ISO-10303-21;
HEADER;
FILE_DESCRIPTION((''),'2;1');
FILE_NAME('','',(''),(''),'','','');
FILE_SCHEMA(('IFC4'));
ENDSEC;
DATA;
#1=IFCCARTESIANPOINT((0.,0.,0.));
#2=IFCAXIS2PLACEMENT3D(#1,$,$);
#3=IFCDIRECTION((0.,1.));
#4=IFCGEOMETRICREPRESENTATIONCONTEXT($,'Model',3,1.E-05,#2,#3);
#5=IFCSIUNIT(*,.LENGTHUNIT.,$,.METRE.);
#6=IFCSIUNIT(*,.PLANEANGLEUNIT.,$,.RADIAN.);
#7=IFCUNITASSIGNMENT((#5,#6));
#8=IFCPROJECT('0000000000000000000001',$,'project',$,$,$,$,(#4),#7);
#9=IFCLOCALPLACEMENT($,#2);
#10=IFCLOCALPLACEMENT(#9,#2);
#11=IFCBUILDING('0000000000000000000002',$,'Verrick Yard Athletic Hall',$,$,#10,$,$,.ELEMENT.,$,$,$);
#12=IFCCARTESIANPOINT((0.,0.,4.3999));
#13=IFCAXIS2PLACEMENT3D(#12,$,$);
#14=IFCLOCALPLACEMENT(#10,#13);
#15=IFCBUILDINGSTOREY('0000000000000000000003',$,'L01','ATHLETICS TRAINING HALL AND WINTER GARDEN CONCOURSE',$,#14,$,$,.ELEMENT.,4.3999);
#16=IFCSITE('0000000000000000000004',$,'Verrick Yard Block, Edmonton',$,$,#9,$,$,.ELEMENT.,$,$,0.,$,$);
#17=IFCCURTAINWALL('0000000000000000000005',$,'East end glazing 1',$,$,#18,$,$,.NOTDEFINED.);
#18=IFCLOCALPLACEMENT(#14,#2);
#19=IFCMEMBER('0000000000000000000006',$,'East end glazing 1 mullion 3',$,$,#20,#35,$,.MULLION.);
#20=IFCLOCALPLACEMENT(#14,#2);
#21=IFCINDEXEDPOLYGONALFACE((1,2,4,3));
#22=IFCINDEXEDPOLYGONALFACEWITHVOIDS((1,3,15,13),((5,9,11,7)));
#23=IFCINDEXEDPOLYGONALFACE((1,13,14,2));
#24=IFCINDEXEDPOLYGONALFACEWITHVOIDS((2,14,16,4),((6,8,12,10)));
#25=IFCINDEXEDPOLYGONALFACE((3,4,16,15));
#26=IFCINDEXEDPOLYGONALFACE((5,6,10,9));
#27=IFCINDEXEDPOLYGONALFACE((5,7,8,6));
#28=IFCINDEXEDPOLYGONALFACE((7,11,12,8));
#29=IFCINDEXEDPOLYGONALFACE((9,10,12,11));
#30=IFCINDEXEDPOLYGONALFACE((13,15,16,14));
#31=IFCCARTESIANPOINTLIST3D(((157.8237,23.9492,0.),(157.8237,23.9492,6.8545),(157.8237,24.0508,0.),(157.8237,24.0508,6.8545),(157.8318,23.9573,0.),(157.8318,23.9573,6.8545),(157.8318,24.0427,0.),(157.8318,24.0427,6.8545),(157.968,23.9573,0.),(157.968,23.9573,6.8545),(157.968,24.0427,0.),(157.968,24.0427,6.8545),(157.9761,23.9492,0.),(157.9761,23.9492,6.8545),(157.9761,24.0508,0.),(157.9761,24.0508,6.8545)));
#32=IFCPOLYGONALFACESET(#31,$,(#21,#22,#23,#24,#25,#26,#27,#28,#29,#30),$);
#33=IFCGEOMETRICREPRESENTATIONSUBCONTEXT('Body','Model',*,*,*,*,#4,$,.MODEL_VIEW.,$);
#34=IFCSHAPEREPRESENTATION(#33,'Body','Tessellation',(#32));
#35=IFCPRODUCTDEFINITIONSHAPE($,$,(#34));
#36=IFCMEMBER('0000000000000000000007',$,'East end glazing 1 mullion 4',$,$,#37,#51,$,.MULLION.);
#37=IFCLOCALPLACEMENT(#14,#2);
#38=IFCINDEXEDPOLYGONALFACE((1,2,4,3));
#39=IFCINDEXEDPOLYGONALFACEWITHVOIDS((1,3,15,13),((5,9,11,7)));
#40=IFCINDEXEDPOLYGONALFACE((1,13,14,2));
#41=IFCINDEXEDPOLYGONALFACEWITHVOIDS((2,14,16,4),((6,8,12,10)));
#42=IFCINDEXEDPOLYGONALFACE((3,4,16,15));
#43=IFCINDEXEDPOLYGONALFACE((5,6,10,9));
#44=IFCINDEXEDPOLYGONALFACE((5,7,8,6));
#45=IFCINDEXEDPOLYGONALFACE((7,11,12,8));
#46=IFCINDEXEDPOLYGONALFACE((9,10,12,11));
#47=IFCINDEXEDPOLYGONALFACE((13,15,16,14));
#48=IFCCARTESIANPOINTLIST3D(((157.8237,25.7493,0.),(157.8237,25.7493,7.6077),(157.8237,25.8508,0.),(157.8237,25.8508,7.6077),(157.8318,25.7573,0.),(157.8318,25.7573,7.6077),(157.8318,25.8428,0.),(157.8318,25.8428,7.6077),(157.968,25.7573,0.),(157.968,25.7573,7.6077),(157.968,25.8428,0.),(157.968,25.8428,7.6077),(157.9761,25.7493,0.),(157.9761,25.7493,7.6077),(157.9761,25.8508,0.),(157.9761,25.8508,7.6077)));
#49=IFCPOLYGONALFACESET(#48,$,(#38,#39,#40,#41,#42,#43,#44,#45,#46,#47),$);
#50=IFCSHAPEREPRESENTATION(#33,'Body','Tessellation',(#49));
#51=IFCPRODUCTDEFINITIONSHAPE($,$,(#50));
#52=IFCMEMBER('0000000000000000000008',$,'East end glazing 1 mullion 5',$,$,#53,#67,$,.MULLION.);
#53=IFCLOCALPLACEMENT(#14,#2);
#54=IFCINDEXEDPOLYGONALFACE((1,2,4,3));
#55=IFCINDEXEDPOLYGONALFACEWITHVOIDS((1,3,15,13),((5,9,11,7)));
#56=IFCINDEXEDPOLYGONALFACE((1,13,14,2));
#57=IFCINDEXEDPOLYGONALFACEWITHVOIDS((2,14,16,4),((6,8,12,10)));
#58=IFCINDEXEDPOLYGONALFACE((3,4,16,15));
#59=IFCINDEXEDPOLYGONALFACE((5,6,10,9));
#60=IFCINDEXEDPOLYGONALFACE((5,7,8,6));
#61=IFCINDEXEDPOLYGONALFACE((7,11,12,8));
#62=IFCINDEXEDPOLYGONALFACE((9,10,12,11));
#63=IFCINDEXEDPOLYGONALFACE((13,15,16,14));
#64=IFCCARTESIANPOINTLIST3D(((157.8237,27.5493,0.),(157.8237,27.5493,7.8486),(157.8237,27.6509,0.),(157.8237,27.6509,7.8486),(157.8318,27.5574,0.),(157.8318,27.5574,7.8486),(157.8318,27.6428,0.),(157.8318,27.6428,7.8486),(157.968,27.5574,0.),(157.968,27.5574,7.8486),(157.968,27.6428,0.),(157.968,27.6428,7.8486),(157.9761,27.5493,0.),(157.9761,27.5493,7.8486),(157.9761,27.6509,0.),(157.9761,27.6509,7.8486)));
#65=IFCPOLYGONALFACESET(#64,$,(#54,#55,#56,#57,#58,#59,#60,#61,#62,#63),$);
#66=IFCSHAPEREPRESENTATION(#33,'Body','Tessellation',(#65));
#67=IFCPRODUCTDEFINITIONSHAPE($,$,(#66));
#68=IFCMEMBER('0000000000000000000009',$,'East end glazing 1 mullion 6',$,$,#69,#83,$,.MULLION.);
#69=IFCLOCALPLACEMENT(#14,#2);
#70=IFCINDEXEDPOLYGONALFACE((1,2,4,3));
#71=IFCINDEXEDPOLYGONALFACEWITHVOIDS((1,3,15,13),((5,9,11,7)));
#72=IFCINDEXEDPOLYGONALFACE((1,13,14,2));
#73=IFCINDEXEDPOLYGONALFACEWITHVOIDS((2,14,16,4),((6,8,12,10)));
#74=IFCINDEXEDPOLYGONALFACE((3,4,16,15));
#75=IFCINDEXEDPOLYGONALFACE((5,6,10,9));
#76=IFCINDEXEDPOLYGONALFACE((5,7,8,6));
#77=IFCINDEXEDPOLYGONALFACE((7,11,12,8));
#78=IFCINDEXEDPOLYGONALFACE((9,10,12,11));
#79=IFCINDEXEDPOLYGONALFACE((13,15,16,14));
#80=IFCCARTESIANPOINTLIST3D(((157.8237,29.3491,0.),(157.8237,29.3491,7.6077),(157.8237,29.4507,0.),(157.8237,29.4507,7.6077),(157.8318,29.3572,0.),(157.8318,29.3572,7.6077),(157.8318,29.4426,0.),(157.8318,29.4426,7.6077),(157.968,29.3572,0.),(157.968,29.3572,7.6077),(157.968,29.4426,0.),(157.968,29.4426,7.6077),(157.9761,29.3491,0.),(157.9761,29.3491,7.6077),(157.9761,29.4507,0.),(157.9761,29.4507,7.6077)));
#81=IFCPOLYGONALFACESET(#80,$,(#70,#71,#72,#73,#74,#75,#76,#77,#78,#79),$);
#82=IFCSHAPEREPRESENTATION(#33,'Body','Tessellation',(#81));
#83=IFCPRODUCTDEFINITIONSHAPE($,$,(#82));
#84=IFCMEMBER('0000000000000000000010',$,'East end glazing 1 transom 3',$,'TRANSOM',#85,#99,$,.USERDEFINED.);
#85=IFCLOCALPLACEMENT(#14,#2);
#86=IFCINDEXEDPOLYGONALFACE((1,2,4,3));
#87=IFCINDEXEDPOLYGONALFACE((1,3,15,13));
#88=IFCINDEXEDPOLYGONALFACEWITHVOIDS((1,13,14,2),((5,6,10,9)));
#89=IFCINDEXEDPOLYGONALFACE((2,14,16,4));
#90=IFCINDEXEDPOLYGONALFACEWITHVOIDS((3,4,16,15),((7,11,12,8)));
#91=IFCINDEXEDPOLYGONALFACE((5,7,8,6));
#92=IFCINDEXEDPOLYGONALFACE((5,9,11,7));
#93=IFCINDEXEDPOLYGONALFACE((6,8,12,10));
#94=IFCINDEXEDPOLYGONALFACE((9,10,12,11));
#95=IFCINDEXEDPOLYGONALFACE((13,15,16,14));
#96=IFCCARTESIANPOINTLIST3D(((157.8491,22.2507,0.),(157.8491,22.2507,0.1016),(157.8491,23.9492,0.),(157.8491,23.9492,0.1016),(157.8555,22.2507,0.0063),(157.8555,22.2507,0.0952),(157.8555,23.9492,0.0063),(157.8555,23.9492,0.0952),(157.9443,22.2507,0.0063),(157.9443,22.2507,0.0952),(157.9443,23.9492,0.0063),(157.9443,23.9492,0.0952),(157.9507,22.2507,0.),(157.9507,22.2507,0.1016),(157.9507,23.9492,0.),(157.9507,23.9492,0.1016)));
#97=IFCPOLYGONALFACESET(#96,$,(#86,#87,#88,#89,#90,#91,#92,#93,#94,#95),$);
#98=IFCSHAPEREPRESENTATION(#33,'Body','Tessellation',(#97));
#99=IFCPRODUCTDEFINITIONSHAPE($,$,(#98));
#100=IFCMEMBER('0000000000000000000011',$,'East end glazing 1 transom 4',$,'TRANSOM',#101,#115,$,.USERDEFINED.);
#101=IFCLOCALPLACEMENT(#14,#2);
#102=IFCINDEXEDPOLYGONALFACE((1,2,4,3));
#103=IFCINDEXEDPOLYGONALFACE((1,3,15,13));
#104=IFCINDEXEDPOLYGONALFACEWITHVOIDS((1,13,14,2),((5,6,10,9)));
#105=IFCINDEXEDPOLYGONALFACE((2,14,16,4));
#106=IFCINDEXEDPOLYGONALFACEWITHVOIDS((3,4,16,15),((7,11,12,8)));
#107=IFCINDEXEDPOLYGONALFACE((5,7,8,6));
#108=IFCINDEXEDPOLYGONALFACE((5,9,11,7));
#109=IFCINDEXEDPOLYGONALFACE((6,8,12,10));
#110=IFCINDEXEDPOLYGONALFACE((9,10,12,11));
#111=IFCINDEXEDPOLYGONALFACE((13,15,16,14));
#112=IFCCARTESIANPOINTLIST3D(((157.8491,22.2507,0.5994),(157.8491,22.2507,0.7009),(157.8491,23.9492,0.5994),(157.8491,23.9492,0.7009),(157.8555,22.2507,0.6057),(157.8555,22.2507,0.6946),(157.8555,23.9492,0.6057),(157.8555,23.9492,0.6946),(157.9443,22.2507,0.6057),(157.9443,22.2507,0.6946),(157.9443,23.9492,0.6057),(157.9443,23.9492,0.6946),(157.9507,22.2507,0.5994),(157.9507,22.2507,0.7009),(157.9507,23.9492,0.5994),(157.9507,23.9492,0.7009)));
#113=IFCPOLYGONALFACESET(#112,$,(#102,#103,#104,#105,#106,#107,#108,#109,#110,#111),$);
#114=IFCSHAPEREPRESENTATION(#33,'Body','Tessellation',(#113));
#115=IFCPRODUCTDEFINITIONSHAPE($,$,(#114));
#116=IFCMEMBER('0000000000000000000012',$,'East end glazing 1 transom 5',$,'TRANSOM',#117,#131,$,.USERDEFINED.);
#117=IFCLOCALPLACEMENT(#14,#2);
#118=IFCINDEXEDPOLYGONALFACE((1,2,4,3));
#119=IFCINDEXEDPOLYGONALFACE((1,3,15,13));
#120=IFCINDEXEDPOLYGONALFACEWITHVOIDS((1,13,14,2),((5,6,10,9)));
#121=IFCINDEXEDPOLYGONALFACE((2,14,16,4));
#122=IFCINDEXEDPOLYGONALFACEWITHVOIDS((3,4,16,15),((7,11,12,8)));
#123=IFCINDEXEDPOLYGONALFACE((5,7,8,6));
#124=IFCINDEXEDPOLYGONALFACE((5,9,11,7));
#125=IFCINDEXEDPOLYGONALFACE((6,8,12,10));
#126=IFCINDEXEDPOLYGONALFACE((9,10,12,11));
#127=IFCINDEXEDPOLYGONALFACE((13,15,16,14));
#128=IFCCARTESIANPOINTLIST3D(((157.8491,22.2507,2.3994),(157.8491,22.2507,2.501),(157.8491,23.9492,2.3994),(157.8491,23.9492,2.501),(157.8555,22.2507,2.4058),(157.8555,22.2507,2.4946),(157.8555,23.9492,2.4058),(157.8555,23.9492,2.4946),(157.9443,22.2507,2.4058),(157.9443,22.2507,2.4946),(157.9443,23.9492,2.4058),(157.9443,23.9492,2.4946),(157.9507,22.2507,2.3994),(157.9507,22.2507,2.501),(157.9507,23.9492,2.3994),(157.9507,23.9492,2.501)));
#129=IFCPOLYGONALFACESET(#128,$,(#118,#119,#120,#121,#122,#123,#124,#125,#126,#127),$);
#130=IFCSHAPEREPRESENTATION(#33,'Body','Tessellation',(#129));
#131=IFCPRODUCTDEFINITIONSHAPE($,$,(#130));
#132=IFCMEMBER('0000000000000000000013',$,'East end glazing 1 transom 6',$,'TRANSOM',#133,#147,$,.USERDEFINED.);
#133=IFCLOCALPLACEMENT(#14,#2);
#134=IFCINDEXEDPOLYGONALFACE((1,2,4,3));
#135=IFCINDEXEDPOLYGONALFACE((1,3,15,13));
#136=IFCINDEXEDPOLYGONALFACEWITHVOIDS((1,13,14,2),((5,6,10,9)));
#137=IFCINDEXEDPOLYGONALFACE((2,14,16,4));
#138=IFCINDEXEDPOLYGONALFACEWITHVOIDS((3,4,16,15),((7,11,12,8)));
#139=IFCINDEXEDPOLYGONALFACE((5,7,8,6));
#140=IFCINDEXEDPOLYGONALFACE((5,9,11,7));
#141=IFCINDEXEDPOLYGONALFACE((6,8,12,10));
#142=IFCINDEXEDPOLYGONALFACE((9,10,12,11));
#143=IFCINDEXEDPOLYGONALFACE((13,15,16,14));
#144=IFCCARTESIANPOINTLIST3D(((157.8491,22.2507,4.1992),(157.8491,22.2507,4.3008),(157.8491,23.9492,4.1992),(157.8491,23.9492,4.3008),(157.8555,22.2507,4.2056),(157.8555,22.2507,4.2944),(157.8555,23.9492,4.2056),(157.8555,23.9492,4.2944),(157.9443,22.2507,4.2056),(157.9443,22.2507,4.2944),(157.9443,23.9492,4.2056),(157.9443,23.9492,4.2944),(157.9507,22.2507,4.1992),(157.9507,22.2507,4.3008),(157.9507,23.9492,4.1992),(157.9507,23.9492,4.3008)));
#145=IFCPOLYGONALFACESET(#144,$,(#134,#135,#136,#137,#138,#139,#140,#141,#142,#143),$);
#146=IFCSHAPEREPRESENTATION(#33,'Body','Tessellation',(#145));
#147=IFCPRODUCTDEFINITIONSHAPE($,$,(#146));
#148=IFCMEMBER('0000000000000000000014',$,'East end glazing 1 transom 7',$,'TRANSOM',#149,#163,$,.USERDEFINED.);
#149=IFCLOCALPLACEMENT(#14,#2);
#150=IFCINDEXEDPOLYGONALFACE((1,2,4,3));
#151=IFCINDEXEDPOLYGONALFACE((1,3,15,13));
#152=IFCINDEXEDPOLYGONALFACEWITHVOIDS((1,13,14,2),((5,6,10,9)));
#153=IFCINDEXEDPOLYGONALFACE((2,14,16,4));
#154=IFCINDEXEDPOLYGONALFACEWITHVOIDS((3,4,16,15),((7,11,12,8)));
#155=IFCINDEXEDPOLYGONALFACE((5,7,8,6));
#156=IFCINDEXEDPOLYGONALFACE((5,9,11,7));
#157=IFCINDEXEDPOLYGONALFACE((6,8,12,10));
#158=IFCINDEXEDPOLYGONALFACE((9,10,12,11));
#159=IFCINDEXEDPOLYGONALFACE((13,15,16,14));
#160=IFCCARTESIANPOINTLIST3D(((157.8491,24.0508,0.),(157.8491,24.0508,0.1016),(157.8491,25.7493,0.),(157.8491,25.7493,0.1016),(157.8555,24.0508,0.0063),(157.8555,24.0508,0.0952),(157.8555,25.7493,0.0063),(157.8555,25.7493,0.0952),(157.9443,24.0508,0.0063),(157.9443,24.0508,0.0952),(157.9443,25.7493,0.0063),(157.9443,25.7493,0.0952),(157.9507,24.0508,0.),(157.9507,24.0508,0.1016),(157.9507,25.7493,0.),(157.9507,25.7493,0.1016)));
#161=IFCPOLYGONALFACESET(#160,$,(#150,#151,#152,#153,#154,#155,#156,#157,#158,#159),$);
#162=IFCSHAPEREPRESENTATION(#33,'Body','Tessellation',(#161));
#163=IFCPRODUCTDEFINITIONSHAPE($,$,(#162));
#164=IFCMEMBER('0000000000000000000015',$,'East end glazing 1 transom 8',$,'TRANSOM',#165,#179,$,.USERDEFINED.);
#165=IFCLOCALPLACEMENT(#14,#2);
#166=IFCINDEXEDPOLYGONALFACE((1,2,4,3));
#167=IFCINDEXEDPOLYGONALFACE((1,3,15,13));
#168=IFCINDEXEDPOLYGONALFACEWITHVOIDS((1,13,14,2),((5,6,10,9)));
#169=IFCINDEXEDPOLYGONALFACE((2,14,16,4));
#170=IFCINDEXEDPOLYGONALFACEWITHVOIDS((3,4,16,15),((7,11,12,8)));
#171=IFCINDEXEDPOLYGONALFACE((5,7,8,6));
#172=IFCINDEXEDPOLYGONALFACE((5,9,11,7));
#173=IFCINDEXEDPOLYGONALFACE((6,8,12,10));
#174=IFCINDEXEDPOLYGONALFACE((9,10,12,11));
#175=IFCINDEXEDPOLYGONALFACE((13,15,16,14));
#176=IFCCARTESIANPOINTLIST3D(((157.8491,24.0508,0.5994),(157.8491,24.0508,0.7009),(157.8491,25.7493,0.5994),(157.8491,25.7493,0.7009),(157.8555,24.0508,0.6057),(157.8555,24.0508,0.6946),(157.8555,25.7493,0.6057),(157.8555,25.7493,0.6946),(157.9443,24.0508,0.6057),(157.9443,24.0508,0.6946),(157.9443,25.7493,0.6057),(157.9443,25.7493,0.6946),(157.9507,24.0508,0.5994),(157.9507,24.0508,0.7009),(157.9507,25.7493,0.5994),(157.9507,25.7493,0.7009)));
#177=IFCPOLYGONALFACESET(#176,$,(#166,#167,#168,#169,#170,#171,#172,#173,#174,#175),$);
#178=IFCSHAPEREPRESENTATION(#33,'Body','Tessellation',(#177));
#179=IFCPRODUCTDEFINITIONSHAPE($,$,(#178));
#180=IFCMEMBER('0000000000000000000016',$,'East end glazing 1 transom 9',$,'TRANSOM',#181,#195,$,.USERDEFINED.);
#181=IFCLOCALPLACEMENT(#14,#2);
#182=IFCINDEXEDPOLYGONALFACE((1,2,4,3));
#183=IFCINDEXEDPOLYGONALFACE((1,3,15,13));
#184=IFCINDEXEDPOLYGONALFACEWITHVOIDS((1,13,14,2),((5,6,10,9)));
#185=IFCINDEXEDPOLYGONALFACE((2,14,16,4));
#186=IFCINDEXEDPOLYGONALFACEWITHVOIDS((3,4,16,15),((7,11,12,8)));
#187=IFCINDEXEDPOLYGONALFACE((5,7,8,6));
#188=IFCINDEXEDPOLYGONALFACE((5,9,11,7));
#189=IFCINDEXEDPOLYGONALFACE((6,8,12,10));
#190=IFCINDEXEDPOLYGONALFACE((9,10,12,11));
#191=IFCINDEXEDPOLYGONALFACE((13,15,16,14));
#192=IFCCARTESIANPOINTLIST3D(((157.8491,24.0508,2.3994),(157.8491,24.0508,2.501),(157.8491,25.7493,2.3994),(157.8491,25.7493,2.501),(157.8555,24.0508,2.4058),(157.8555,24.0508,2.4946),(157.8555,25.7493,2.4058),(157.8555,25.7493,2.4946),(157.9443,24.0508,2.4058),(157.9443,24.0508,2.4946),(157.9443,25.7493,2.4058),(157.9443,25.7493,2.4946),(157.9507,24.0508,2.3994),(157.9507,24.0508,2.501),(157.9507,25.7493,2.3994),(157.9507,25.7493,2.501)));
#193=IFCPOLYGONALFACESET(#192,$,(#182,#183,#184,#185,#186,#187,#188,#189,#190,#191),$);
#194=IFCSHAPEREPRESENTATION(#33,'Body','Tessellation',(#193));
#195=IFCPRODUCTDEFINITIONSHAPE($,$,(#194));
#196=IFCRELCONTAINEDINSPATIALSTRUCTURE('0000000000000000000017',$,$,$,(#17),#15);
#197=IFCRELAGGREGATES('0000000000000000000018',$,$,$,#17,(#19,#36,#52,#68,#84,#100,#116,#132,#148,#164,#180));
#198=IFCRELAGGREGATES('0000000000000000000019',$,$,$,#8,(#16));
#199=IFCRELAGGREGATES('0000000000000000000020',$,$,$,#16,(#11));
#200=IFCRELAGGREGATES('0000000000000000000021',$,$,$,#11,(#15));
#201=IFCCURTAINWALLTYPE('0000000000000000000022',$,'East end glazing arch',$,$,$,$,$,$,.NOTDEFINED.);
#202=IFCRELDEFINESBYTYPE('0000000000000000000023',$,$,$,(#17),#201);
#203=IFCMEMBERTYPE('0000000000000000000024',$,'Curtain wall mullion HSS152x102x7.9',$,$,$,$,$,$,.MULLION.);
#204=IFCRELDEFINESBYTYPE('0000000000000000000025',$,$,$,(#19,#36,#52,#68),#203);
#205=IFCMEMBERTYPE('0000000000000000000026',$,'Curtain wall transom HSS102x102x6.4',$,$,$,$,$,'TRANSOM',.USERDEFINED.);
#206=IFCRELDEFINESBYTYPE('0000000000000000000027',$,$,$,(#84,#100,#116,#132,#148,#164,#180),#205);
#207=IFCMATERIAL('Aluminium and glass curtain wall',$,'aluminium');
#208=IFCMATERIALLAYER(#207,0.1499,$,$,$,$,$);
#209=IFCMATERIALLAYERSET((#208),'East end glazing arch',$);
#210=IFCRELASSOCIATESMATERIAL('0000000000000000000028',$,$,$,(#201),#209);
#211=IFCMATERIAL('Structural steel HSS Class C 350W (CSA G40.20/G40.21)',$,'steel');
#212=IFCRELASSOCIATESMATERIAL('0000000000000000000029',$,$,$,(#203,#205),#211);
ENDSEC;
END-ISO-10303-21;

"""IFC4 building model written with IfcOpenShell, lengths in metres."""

from ifc_helpers import new_model, si_unit, direction, frame, origin, origin_2d, place, context, subcontext, project, spatial, hollow_rectangle, extrude, material, layer, layer_set, material_profile, profile_set, type_object, element, aggregate, save


model = new_model("IFC4")

# Units and contexts
model_context = context("Model", 3, precision=1e-05, world=origin(), true_north=direction((0.0, 1.0)))
body_context = subcontext(model_context, "Body", "Model", "MODEL_VIEW")
ifc_project = project(units=[si_unit("LENGTHUNIT", "METRE"), si_unit("PLANEANGLEUNIT", "RADIAN")], contexts=[model_context])

# Site, building, storey
site_placement = place(None, origin())
site = spatial("IfcSite", under=ifc_project, at=site_placement, Name="Verrick Yard Block, Edmonton", CompositionType="ELEMENT", RefElevation=0.0)
building_placement = place(site_placement, origin())
building = spatial("IfcBuilding", under=site, at=building_placement, Name="Verrick Yard Athletic Hall", CompositionType="ELEMENT")
storey_placement = place(building_placement, frame((0.0, 0.0, 4.3999)))
storey = spatial("IfcBuildingStorey", under=building, at=storey_placement, Name="L01", Description="ATHLETICS TRAINING HALL AND WINTER GARDEN CONCOURSE", CompositionType="ELEMENT", Elevation=4.3999)

# Curtain wall, members
ifc_material_1 = material(Name="Aluminium and glass curtain wall", Category="aluminium")
ifc_layer = layer(ifc_material_1, 0.1499)
ifc_layer_set = layer_set([ifc_layer], Name="East end glazing arch")
curtain_wall_type = type_object("IfcCurtainWallType", Name="East end glazing arch", PredefinedType="NOTDEFINED", material=ifc_layer_set)
curtain_wall_placement = place(storey_placement, origin())
curtain_wall = element("IfcCurtainWall", 1, at=curtain_wall_placement, inside=storey, type_object=curtain_wall_type, Name="East end glazing 1", PredefinedType="NOTDEFINED")
ifc_material_2 = material(Name="Structural steel HSS Class C 350W (CSA G40.20/G40.21)", Category="steel")
ifc_material_profile_1 = material_profile(ifc_material_2, hollow_rectangle(XDim=0.1016, YDim=0.1523, WallThickness=0.0081, at=origin_2d()), Name="HSS152x102x7.9")
ifc_profile_set_1 = profile_set([ifc_material_profile_1], Name="Structural steel HSS Class C 350W (CSA G40.20/G40.21)")
member_type_1 = type_object("IfcMemberType", Name="Curtain wall mullion HSS152x102x7.9", PredefinedType="MULLION", material=ifc_profile_set_1)
member_1_placement = place(storey_placement, frame((157.8999, 24.0, 0.0), z_axis=(0.0, 0.0, 1.0), x_axis=(0.0, 1.0, 0.0)))
member_1 = element("IfcMember", 2, at=member_1_placement, type_object=member_type_1, Name="East end glazing 1 mullion 3", PredefinedType="MULLION", context=body_context, shape_type="SweptSolid", body=[
    extrude(hollow_rectangle(XDim=0.1016, YDim=0.1523, WallThickness=0.0081, at=origin_2d()), origin(), (0.0, 0.0, 1.0), 6.8545),
])
member_2_placement = place(storey_placement, frame((157.8999, 25.8, 0.0), z_axis=(0.0, 0.0, 1.0), x_axis=(0.0, 1.0, 0.0)))
member_2 = element("IfcMember", 3, at=member_2_placement, type_object=member_type_1, Name="East end glazing 1 mullion 4", PredefinedType="MULLION", context=body_context, shape_type="SweptSolid", body=[
    extrude(hollow_rectangle(XDim=0.1016, YDim=0.1523, WallThickness=0.0081, at=origin_2d()), origin(), (0.0, 0.0, 1.0), 7.6077),
])
member_3_placement = place(storey_placement, frame((157.8999, 27.6001, 0.0), z_axis=(0.0, 0.0, 1.0), x_axis=(0.0, 1.0, 0.0)))
member_3 = element("IfcMember", 4, at=member_3_placement, type_object=member_type_1, Name="East end glazing 1 mullion 5", PredefinedType="MULLION", context=body_context, shape_type="SweptSolid", body=[
    extrude(hollow_rectangle(XDim=0.1016, YDim=0.1523, WallThickness=0.0081, at=origin_2d()), origin(), (0.0, 0.0, 1.0), 7.8486),
])
member_4_placement = place(storey_placement, frame((157.8999, 29.3999, 0.0), z_axis=(0.0, 0.0, 1.0), x_axis=(0.0, 1.0, 0.0)))
member_4 = element("IfcMember", 5, at=member_4_placement, type_object=member_type_1, Name="East end glazing 1 mullion 6", PredefinedType="MULLION", context=body_context, shape_type="SweptSolid", body=[
    extrude(hollow_rectangle(XDim=0.1016, YDim=0.1523, WallThickness=0.0081, at=origin_2d()), origin(), (0.0, 0.0, 1.0), 7.6077),
])
ifc_material_profile_2 = material_profile(ifc_material_2, hollow_rectangle(XDim=0.1016, YDim=0.1016, WallThickness=0.0063, at=origin_2d()), Name="HSS102x102x6.4")
ifc_profile_set_2 = profile_set([ifc_material_profile_2], Name="Structural steel HSS Class C 350W (CSA G40.20/G40.21)")
member_type_2 = type_object("IfcMemberType", Name="Curtain wall transom HSS102x102x6.4", ElementType="TRANSOM", PredefinedType="USERDEFINED", material=ifc_profile_set_2)
member_5_placement = place(storey_placement, frame((157.8999, 22.2507, 0.0508), z_axis=(0.0, 1.0, 0.0), x_axis=(-1.0, 0.0, 0.0)))
member_5 = element("IfcMember", 6, at=member_5_placement, type_object=member_type_2, Name="East end glazing 1 transom 3", ObjectType="TRANSOM", PredefinedType="USERDEFINED", context=body_context, shape_type="SweptSolid", body=[
    extrude(hollow_rectangle(XDim=0.1016, YDim=0.1016, WallThickness=0.0063, at=origin_2d()), origin(), (0.0, 0.0, 1.0), 1.6985),
])
member_6_placement = place(storey_placement, frame((157.8999, 22.2507, 0.6501), z_axis=(0.0, 1.0, 0.0), x_axis=(-1.0, 0.0, 0.0)))
member_6 = element("IfcMember", 7, at=member_6_placement, type_object=member_type_2, Name="East end glazing 1 transom 4", ObjectType="TRANSOM", PredefinedType="USERDEFINED", context=body_context, shape_type="SweptSolid", body=[
    extrude(hollow_rectangle(XDim=0.1016, YDim=0.1016, WallThickness=0.0063, at=origin_2d()), origin(), (0.0, 0.0, 1.0), 1.6985),
])
member_7_placement = place(storey_placement, frame((157.8999, 22.2507, 2.4502), z_axis=(0.0, 1.0, 0.0), x_axis=(-1.0, 0.0, 0.0)))
member_7 = element("IfcMember", 8, at=member_7_placement, type_object=member_type_2, Name="East end glazing 1 transom 5", ObjectType="TRANSOM", PredefinedType="USERDEFINED", context=body_context, shape_type="SweptSolid", body=[
    extrude(hollow_rectangle(XDim=0.1016, YDim=0.1016, WallThickness=0.0063, at=origin_2d()), origin(), (0.0, 0.0, 1.0), 1.6985),
])
member_8_placement = place(storey_placement, frame((157.8999, 22.2507, 4.25), z_axis=(0.0, 1.0, 0.0), x_axis=(-1.0, 0.0, 0.0)))
member_8 = element("IfcMember", 9, at=member_8_placement, type_object=member_type_2, Name="East end glazing 1 transom 6", ObjectType="TRANSOM", PredefinedType="USERDEFINED", context=body_context, shape_type="SweptSolid", body=[
    extrude(hollow_rectangle(XDim=0.1016, YDim=0.1016, WallThickness=0.0063, at=origin_2d()), origin(), (0.0, 0.0, 1.0), 1.6985),
])
member_9_placement = place(storey_placement, frame((157.8999, 24.0508, 0.0508), z_axis=(0.0, 1.0, 0.0), x_axis=(-1.0, 0.0, 0.0)))
member_9 = element("IfcMember", 10, at=member_9_placement, type_object=member_type_2, Name="East end glazing 1 transom 7", ObjectType="TRANSOM", PredefinedType="USERDEFINED", context=body_context, shape_type="SweptSolid", body=[
    extrude(hollow_rectangle(XDim=0.1016, YDim=0.1016, WallThickness=0.0063, at=origin_2d()), origin(), (0.0, 0.0, 1.0), 1.6985),
])
member_10_placement = place(storey_placement, frame((157.8999, 24.0508, 0.6501), z_axis=(0.0, 1.0, 0.0), x_axis=(-1.0, 0.0, 0.0)))
member_10 = element("IfcMember", 11, at=member_10_placement, type_object=member_type_2, Name="East end glazing 1 transom 8", ObjectType="TRANSOM", PredefinedType="USERDEFINED", context=body_context, shape_type="SweptSolid", body=[
    extrude(hollow_rectangle(XDim=0.1016, YDim=0.1016, WallThickness=0.0063, at=origin_2d()), origin(), (0.0, 0.0, 1.0), 1.6985),
])
member_11_placement = place(storey_placement, frame((157.8999, 24.0508, 2.4502), z_axis=(0.0, 1.0, 0.0), x_axis=(-1.0, 0.0, 0.0)))
member_11 = element("IfcMember", 12, at=member_11_placement, type_object=member_type_2, Name="East end glazing 1 transom 9", ObjectType="TRANSOM", PredefinedType="USERDEFINED", context=body_context, shape_type="SweptSolid", body=[
    extrude(hollow_rectangle(XDim=0.1016, YDim=0.1016, WallThickness=0.0063, at=origin_2d()), origin(), (0.0, 0.0, 1.0), 1.6985),
])
aggregate(curtain_wall, [member_1, member_2, member_3, member_4, member_5, member_6, member_7, member_8, member_9, member_10, member_11])

save(model, "model.ifc")
